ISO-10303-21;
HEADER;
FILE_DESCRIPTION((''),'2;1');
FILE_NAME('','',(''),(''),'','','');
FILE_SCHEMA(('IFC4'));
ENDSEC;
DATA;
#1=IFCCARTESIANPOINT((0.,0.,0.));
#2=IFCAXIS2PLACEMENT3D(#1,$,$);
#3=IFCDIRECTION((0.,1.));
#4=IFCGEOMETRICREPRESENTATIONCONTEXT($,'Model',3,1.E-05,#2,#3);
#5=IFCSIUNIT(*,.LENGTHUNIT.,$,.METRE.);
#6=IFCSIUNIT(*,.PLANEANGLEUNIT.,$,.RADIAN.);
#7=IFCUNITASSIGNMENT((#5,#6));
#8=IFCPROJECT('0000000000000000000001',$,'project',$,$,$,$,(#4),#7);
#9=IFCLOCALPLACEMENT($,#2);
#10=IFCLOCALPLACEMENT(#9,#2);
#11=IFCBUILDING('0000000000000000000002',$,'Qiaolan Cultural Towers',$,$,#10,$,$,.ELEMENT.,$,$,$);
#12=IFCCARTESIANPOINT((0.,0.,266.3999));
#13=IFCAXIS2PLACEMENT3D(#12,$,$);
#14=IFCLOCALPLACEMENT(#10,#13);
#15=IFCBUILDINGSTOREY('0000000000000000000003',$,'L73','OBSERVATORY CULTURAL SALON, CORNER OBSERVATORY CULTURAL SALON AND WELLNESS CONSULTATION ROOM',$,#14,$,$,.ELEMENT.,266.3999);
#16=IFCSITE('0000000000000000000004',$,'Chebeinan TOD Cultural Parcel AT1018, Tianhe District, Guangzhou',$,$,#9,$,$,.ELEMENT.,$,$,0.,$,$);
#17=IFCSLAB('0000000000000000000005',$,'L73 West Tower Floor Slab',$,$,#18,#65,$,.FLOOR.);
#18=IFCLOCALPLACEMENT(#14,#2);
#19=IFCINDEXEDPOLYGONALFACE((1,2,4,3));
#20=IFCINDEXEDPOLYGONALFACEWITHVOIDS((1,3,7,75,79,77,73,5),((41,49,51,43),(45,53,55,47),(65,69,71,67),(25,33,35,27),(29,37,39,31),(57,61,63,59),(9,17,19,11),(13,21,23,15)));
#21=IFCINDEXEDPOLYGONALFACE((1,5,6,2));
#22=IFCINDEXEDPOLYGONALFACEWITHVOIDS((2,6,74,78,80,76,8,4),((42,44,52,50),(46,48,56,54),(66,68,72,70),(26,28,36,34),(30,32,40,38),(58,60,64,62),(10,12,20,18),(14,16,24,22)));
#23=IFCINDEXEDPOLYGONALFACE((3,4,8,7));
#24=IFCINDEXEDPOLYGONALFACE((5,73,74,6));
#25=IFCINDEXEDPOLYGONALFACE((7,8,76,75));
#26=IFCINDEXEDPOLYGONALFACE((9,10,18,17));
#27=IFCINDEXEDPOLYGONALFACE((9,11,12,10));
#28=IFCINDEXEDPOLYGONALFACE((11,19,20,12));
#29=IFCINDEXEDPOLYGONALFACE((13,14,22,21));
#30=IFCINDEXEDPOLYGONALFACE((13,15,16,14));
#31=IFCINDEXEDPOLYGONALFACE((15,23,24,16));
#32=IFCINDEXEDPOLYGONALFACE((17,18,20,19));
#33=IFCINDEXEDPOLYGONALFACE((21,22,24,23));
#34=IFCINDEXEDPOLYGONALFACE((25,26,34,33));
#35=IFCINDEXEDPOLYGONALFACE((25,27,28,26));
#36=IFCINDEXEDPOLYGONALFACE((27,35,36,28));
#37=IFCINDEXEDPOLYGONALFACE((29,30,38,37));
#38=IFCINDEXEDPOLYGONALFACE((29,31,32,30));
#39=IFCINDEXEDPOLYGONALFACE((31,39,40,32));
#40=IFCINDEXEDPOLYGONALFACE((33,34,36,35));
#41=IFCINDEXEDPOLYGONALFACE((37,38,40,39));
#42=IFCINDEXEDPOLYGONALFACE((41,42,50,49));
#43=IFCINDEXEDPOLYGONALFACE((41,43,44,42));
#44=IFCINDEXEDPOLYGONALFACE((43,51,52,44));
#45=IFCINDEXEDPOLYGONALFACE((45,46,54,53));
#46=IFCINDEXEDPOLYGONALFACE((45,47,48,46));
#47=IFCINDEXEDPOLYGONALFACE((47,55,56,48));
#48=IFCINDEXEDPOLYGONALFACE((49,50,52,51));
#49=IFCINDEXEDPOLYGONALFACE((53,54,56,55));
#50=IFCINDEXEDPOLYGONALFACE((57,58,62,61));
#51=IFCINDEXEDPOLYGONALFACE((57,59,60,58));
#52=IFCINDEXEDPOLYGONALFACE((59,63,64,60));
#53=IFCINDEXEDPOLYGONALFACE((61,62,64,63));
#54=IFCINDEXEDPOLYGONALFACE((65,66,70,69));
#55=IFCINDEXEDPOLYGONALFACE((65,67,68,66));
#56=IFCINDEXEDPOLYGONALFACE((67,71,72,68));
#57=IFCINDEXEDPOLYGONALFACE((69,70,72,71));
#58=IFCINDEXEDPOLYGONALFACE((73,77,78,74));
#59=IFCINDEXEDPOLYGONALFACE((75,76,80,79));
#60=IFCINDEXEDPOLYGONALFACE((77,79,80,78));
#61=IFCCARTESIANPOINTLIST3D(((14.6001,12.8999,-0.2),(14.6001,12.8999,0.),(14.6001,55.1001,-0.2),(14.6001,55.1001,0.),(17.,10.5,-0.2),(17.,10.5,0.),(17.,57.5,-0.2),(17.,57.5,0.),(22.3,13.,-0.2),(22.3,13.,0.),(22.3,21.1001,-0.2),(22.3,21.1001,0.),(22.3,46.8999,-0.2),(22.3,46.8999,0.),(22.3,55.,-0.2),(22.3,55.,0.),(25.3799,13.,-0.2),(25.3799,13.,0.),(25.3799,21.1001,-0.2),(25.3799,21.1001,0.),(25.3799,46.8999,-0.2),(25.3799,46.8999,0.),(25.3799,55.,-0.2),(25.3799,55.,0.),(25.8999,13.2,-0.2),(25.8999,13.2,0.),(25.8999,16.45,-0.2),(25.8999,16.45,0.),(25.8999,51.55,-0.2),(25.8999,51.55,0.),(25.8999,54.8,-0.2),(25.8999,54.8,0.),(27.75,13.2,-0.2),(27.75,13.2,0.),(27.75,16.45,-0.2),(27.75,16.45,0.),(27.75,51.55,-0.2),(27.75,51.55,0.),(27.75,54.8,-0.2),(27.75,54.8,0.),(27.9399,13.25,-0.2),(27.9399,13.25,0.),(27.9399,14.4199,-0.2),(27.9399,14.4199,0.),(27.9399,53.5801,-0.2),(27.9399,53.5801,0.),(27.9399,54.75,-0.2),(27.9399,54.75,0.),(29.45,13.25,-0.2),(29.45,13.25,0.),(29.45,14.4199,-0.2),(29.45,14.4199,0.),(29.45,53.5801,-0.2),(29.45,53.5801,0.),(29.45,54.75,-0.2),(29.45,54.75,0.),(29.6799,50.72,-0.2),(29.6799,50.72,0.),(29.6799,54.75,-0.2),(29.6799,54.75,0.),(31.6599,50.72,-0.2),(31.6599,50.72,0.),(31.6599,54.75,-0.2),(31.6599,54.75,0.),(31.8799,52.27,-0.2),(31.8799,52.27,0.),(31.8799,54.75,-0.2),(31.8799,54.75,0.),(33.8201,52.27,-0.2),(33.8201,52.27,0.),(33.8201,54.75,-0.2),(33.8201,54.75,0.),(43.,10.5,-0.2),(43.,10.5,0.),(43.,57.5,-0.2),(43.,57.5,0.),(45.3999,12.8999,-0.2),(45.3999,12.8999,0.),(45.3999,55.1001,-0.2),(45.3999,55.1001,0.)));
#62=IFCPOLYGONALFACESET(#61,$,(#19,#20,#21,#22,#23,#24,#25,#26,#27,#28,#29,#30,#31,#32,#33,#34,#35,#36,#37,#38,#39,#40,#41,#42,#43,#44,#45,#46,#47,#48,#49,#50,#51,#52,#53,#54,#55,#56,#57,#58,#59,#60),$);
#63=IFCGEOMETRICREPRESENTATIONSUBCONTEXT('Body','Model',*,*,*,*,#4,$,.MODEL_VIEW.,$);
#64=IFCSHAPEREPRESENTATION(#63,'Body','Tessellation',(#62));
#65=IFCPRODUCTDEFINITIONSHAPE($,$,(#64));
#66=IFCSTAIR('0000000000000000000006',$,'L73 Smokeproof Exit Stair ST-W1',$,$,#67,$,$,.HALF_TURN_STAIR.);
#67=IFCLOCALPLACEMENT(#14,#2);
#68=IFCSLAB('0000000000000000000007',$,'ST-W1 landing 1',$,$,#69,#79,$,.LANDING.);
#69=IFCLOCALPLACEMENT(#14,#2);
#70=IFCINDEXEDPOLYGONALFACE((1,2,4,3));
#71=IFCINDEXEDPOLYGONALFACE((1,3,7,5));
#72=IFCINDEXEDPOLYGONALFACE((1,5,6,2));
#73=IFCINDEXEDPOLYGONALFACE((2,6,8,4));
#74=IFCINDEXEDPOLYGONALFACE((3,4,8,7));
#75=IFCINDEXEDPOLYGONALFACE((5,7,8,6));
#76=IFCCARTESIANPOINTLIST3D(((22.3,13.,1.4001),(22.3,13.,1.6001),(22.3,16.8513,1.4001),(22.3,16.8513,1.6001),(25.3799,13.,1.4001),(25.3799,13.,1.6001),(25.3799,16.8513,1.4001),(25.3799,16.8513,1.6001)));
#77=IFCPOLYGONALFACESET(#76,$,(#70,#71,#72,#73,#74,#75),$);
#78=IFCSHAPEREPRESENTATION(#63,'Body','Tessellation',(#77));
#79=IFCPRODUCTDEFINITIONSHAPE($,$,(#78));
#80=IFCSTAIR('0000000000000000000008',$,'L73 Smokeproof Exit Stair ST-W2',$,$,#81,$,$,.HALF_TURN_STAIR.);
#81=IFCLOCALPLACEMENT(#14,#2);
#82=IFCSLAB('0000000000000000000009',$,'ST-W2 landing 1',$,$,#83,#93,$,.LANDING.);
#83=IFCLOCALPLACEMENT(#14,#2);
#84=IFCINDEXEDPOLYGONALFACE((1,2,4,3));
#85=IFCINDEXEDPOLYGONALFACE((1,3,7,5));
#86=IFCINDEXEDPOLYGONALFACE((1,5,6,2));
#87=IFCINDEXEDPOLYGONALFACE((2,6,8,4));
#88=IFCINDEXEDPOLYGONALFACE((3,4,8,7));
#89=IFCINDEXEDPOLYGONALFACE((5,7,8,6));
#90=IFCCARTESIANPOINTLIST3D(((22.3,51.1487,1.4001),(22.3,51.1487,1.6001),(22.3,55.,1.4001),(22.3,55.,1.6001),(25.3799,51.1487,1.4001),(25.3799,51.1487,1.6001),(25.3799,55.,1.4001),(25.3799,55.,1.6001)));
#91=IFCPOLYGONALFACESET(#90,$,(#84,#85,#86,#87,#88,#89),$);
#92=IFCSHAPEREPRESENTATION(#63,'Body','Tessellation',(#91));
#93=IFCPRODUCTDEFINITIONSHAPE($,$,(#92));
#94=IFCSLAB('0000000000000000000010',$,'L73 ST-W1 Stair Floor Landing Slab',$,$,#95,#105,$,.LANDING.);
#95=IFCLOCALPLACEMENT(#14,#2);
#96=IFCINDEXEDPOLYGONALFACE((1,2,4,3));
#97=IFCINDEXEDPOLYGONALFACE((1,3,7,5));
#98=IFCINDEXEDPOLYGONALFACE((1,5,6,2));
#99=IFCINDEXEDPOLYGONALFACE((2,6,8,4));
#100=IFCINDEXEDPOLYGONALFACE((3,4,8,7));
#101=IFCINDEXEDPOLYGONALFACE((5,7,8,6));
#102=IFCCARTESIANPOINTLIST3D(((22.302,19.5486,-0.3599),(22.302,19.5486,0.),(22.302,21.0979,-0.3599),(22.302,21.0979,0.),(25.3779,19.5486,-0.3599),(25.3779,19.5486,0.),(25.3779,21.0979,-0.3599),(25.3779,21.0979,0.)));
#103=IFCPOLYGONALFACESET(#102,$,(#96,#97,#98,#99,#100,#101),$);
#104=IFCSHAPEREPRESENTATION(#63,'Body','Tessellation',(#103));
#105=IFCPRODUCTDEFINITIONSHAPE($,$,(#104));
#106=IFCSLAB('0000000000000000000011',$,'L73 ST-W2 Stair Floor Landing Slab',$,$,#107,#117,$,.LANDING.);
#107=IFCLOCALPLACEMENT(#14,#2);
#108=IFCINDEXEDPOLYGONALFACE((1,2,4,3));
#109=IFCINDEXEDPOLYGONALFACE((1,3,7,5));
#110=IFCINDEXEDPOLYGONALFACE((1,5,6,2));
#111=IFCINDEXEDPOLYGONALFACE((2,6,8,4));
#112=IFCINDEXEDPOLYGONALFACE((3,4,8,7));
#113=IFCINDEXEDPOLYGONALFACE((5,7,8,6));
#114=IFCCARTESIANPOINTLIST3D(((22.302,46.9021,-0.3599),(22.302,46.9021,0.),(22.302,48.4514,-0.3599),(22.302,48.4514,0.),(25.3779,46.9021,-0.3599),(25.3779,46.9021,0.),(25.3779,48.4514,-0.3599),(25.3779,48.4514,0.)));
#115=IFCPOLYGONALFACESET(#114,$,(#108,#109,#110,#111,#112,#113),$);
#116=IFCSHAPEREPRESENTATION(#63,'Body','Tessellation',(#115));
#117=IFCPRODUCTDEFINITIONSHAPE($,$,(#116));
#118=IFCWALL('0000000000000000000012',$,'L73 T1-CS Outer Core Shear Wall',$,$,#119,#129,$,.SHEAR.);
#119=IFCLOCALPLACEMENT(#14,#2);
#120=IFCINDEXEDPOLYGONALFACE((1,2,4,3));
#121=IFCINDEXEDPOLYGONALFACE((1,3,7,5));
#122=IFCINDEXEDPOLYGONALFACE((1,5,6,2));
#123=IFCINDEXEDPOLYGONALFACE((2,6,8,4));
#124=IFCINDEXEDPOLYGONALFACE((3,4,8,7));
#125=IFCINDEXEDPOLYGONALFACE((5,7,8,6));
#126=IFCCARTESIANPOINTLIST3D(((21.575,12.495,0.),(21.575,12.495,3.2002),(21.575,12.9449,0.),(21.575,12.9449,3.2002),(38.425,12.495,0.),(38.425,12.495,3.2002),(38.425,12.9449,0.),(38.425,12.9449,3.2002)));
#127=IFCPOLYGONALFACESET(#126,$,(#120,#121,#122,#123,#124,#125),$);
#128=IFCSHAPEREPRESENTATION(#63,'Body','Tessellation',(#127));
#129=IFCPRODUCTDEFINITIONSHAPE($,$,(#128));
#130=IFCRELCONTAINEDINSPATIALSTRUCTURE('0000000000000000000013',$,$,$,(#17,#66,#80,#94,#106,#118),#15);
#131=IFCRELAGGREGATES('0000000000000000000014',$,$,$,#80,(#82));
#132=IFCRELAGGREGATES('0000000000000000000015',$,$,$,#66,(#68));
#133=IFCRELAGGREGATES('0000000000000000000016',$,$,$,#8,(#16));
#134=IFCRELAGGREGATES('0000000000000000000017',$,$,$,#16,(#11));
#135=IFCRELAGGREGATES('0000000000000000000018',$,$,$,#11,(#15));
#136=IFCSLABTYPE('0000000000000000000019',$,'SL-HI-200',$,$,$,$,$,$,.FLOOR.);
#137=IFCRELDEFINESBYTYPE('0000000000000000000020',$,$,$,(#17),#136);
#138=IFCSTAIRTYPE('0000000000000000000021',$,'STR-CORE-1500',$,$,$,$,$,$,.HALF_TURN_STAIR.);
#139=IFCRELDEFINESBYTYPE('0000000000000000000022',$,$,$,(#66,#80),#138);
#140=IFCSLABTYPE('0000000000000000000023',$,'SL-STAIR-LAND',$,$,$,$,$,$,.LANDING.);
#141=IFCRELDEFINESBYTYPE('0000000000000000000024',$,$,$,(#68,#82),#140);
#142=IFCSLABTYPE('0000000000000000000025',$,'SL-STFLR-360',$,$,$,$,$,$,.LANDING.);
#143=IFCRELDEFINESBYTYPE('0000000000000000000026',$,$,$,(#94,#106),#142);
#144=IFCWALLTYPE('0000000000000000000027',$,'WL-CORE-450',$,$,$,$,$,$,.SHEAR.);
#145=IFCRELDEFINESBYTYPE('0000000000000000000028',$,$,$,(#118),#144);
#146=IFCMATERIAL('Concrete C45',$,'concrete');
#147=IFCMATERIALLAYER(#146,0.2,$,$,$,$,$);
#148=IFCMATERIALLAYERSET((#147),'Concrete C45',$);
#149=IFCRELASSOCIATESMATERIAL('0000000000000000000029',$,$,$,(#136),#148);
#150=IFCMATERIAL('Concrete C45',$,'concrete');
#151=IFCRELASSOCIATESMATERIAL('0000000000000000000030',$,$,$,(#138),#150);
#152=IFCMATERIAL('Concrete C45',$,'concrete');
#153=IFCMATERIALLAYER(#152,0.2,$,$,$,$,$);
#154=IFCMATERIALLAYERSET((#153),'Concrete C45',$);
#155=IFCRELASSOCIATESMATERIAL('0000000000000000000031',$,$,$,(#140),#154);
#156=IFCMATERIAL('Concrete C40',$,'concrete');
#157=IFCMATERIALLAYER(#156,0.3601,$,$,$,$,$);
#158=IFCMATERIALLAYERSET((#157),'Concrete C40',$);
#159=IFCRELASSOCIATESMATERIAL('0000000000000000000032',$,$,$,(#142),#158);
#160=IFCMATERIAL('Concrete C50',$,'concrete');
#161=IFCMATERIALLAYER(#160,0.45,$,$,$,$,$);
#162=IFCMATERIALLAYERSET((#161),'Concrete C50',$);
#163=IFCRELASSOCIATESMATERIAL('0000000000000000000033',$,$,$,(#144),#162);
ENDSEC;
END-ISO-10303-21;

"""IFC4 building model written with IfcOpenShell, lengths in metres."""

from ifc_helpers import new_model, si_unit, direction, frame, frame_2d, origin, place, context, subcontext, project, spatial, polyline, rectangle, outline, extrude, material, layer, layer_set, type_object, element, aggregate, save


model = new_model("IFC4")

# Units and contexts
model_context = context("Model", 3, precision=1e-05, world=origin(), true_north=direction((0.0, 1.0)))
body_context = subcontext(model_context, "Body", "Model", "MODEL_VIEW")
ifc_project = project(units=[si_unit("LENGTHUNIT", "METRE"), si_unit("PLANEANGLEUNIT", "RADIAN")], contexts=[model_context])

# Site, building, storey
site_placement = place(None, origin())
site = spatial("IfcSite", under=ifc_project, at=site_placement, Name="Chebeinan TOD Cultural Parcel AT1018, Tianhe District, Guangzhou", CompositionType="ELEMENT", RefElevation=0.0)
building_placement = place(site_placement, origin())
building = spatial("IfcBuilding", under=site, at=building_placement, Name="Qiaolan Cultural Towers", CompositionType="ELEMENT")
storey_placement = place(building_placement, frame((0.0, 0.0, 266.3999)))
storey = spatial("IfcBuildingStorey", under=building, at=storey_placement, Name="L73", Description="OBSERVATORY CULTURAL SALON, CORNER OBSERVATORY CULTURAL SALON AND WELLNESS CONSULTATION ROOM", CompositionType="ELEMENT", Elevation=266.3999)

# Slab
ifc_material_1 = material(Name="Concrete C45", Category="concrete")
ifc_layer_1 = layer(ifc_material_1, 0.2)
ifc_layer_set_1 = layer_set([ifc_layer_1], Name="Concrete C45")
slab_type_1 = type_object("IfcSlabType", Name="SL-HI-200", PredefinedType="FLOOR", material=ifc_layer_set_1)
slab_1_placement = place(storey_placement, frame((0.0, 0.0, -0.2)))
element("IfcSlab", 1, at=slab_1_placement, inside=storey, type_object=slab_type_1, Name="L73 West Tower Floor Slab", PredefinedType="FLOOR", context=body_context, shape_type="SweptSolid", body=[
    extrude(outline(polyline([(17.0, 10.5), (43.0, 10.5), (45.3999, 12.8999), (45.3999, 55.1001), (43.0, 57.5), (17.0, 57.5), (14.6001, 55.1001), (14.6001, 12.8999), (17.0, 10.5)]), holes=[polyline([(22.3, 21.1001), (22.3, 13.0), (25.3799, 13.0), (25.3799, 21.1001), (22.3, 21.1001)]), polyline([(25.3799, 46.8999), (25.3799, 55.0), (22.3, 55.0), (22.3, 46.8999), (25.3799, 46.8999)]), polyline([(25.8999, 13.2), (27.75, 13.2), (27.75, 16.45), (25.8999, 16.45), (25.8999, 13.2)]), polyline([(27.9399, 13.25), (29.45, 13.25), (29.45, 14.4199), (27.9399, 14.4199), (27.9399, 13.25)]), polyline([(25.8999, 51.55), (27.75, 51.55), (27.75, 54.8), (25.8999, 54.8), (25.8999, 51.55)]), polyline([(27.9399, 53.5801), (29.45, 53.5801), (29.45, 54.75), (27.9399, 54.75), (27.9399, 53.5801)]), polyline([(31.8799, 52.27), (33.8201, 52.27), (33.8201, 54.75), (31.8799, 54.75), (31.8799, 52.27)]), polyline([(29.6799, 50.72), (31.6599, 50.72), (31.6599, 54.75), (29.6799, 54.75), (29.6799, 50.72)])]), origin(), (0.0, 0.0, 1.0), 0.2),
])

# Stairs, slabs
ifc_material_2 = material(Name="Concrete C45", Category="concrete")
stair_type = type_object("IfcStairType", Name="STR-CORE-1500", PredefinedType="HALF_TURN_STAIR", material=ifc_material_2)
stair_1_placement = place(storey_placement, origin())
stair_1 = element("IfcStair", 2, at=stair_1_placement, inside=storey, type_object=stair_type, Name="L73 Smokeproof Exit Stair ST-W1", PredefinedType="HALF_TURN_STAIR")
ifc_material_3 = material(Name="Concrete C45", Category="concrete")
ifc_layer_2 = layer(ifc_material_3, 0.2)
ifc_layer_set_2 = layer_set([ifc_layer_2], Name="Concrete C45")
slab_type_2 = type_object("IfcSlabType", Name="SL-STAIR-LAND", PredefinedType="LANDING", material=ifc_layer_set_2)
slab_2_placement = place(storey_placement, frame((0.0, 0.0, 1.4001)))
slab_2 = element("IfcSlab", 3, at=slab_2_placement, type_object=slab_type_2, Name="ST-W1 landing 1", PredefinedType="LANDING", context=body_context, shape_type="SweptSolid", body=[
    extrude(outline(polyline([(22.3, 16.8513), (22.3, 13.0), (25.3799, 13.0), (25.3799, 16.8513), (22.3, 16.8513)])), origin(), (0.0, 0.0, 1.0), 0.2),
])
stair_2_placement = place(storey_placement, origin())
stair_2 = element("IfcStair", 4, at=stair_2_placement, inside=storey, type_object=stair_type, Name="L73 Smokeproof Exit Stair ST-W2", PredefinedType="HALF_TURN_STAIR")
slab_3_placement = place(storey_placement, frame((0.0, 0.0, 1.4001)))
slab_3 = element("IfcSlab", 5, at=slab_3_placement, type_object=slab_type_2, Name="ST-W2 landing 1", PredefinedType="LANDING", context=body_context, shape_type="SweptSolid", body=[
    extrude(outline(polyline([(25.3799, 51.1487), (25.3799, 55.0), (22.3, 55.0), (22.3, 51.1487), (25.3799, 51.1487)])), origin(), (0.0, 0.0, 1.0), 0.2),
])
aggregate(stair_2, [slab_3])

# Slabs
ifc_material_4 = material(Name="Concrete C40", Category="concrete")
ifc_layer_3 = layer(ifc_material_4, 0.3601)
ifc_layer_set_3 = layer_set([ifc_layer_3], Name="Concrete C40")
slab_type_3 = type_object("IfcSlabType", Name="SL-STFLR-360", PredefinedType="LANDING", material=ifc_layer_set_3)
slab_4_placement = place(storey_placement, frame((0.0, 0.0, -0.3599)))
element("IfcSlab", 6, at=slab_4_placement, inside=storey, type_object=slab_type_3, Name="L73 ST-W1 Stair Floor Landing Slab", PredefinedType="LANDING", context=body_context, shape_type="SweptSolid", body=[
    extrude(outline(polyline([(22.302, 21.0979), (22.302, 19.5486), (25.3779, 19.5486), (25.3779, 21.0979), (22.302, 21.0979)])), origin(), (0.0, 0.0, 1.0), 0.3599),
])
slab_5_placement = place(storey_placement, frame((0.0, 0.0, -0.3599)))
element("IfcSlab", 7, at=slab_5_placement, inside=storey, type_object=slab_type_3, Name="L73 ST-W2 Stair Floor Landing Slab", PredefinedType="LANDING", context=body_context, shape_type="SweptSolid", body=[
    extrude(outline(polyline([(25.3779, 46.9021), (25.3779, 48.4514), (22.302, 48.4514), (22.302, 46.9021), (25.3779, 46.9021)])), origin(), (0.0, 0.0, 1.0), 0.3599),
])

# Wall
ifc_material_5 = material(Name="Concrete C50", Category="concrete")
ifc_layer_4 = layer(ifc_material_5, 0.45)
ifc_layer_set_4 = layer_set([ifc_layer_4], Name="Concrete C50")
wall_type_1 = type_object("IfcWallType", Name="WL-CORE-450", PredefinedType="SHEAR", material=ifc_layer_set_4)
wall_1_placement = place(storey_placement, frame((21.575, 12.72, 0.0), z_axis=(0.0, 0.0, 1.0), x_axis=(1.0, 0.0, 0.0)))
element("IfcWall", 8, at=wall_1_placement, inside=storey, type_object=wall_type_1, Name="L73 T1-CS Outer Core Shear Wall", PredefinedType="SHEAR", context=body_context, shape_type="SweptSolid", body=[
    extrude(rectangle(XDim=16.8501, YDim=0.45, at=frame_2d((8.425, 0.0))), origin(), (0.0, 0.0, 1.0), 3.2002),
])

aggregate(stair_1, [slab_2])

save(model, "model.ifc")
